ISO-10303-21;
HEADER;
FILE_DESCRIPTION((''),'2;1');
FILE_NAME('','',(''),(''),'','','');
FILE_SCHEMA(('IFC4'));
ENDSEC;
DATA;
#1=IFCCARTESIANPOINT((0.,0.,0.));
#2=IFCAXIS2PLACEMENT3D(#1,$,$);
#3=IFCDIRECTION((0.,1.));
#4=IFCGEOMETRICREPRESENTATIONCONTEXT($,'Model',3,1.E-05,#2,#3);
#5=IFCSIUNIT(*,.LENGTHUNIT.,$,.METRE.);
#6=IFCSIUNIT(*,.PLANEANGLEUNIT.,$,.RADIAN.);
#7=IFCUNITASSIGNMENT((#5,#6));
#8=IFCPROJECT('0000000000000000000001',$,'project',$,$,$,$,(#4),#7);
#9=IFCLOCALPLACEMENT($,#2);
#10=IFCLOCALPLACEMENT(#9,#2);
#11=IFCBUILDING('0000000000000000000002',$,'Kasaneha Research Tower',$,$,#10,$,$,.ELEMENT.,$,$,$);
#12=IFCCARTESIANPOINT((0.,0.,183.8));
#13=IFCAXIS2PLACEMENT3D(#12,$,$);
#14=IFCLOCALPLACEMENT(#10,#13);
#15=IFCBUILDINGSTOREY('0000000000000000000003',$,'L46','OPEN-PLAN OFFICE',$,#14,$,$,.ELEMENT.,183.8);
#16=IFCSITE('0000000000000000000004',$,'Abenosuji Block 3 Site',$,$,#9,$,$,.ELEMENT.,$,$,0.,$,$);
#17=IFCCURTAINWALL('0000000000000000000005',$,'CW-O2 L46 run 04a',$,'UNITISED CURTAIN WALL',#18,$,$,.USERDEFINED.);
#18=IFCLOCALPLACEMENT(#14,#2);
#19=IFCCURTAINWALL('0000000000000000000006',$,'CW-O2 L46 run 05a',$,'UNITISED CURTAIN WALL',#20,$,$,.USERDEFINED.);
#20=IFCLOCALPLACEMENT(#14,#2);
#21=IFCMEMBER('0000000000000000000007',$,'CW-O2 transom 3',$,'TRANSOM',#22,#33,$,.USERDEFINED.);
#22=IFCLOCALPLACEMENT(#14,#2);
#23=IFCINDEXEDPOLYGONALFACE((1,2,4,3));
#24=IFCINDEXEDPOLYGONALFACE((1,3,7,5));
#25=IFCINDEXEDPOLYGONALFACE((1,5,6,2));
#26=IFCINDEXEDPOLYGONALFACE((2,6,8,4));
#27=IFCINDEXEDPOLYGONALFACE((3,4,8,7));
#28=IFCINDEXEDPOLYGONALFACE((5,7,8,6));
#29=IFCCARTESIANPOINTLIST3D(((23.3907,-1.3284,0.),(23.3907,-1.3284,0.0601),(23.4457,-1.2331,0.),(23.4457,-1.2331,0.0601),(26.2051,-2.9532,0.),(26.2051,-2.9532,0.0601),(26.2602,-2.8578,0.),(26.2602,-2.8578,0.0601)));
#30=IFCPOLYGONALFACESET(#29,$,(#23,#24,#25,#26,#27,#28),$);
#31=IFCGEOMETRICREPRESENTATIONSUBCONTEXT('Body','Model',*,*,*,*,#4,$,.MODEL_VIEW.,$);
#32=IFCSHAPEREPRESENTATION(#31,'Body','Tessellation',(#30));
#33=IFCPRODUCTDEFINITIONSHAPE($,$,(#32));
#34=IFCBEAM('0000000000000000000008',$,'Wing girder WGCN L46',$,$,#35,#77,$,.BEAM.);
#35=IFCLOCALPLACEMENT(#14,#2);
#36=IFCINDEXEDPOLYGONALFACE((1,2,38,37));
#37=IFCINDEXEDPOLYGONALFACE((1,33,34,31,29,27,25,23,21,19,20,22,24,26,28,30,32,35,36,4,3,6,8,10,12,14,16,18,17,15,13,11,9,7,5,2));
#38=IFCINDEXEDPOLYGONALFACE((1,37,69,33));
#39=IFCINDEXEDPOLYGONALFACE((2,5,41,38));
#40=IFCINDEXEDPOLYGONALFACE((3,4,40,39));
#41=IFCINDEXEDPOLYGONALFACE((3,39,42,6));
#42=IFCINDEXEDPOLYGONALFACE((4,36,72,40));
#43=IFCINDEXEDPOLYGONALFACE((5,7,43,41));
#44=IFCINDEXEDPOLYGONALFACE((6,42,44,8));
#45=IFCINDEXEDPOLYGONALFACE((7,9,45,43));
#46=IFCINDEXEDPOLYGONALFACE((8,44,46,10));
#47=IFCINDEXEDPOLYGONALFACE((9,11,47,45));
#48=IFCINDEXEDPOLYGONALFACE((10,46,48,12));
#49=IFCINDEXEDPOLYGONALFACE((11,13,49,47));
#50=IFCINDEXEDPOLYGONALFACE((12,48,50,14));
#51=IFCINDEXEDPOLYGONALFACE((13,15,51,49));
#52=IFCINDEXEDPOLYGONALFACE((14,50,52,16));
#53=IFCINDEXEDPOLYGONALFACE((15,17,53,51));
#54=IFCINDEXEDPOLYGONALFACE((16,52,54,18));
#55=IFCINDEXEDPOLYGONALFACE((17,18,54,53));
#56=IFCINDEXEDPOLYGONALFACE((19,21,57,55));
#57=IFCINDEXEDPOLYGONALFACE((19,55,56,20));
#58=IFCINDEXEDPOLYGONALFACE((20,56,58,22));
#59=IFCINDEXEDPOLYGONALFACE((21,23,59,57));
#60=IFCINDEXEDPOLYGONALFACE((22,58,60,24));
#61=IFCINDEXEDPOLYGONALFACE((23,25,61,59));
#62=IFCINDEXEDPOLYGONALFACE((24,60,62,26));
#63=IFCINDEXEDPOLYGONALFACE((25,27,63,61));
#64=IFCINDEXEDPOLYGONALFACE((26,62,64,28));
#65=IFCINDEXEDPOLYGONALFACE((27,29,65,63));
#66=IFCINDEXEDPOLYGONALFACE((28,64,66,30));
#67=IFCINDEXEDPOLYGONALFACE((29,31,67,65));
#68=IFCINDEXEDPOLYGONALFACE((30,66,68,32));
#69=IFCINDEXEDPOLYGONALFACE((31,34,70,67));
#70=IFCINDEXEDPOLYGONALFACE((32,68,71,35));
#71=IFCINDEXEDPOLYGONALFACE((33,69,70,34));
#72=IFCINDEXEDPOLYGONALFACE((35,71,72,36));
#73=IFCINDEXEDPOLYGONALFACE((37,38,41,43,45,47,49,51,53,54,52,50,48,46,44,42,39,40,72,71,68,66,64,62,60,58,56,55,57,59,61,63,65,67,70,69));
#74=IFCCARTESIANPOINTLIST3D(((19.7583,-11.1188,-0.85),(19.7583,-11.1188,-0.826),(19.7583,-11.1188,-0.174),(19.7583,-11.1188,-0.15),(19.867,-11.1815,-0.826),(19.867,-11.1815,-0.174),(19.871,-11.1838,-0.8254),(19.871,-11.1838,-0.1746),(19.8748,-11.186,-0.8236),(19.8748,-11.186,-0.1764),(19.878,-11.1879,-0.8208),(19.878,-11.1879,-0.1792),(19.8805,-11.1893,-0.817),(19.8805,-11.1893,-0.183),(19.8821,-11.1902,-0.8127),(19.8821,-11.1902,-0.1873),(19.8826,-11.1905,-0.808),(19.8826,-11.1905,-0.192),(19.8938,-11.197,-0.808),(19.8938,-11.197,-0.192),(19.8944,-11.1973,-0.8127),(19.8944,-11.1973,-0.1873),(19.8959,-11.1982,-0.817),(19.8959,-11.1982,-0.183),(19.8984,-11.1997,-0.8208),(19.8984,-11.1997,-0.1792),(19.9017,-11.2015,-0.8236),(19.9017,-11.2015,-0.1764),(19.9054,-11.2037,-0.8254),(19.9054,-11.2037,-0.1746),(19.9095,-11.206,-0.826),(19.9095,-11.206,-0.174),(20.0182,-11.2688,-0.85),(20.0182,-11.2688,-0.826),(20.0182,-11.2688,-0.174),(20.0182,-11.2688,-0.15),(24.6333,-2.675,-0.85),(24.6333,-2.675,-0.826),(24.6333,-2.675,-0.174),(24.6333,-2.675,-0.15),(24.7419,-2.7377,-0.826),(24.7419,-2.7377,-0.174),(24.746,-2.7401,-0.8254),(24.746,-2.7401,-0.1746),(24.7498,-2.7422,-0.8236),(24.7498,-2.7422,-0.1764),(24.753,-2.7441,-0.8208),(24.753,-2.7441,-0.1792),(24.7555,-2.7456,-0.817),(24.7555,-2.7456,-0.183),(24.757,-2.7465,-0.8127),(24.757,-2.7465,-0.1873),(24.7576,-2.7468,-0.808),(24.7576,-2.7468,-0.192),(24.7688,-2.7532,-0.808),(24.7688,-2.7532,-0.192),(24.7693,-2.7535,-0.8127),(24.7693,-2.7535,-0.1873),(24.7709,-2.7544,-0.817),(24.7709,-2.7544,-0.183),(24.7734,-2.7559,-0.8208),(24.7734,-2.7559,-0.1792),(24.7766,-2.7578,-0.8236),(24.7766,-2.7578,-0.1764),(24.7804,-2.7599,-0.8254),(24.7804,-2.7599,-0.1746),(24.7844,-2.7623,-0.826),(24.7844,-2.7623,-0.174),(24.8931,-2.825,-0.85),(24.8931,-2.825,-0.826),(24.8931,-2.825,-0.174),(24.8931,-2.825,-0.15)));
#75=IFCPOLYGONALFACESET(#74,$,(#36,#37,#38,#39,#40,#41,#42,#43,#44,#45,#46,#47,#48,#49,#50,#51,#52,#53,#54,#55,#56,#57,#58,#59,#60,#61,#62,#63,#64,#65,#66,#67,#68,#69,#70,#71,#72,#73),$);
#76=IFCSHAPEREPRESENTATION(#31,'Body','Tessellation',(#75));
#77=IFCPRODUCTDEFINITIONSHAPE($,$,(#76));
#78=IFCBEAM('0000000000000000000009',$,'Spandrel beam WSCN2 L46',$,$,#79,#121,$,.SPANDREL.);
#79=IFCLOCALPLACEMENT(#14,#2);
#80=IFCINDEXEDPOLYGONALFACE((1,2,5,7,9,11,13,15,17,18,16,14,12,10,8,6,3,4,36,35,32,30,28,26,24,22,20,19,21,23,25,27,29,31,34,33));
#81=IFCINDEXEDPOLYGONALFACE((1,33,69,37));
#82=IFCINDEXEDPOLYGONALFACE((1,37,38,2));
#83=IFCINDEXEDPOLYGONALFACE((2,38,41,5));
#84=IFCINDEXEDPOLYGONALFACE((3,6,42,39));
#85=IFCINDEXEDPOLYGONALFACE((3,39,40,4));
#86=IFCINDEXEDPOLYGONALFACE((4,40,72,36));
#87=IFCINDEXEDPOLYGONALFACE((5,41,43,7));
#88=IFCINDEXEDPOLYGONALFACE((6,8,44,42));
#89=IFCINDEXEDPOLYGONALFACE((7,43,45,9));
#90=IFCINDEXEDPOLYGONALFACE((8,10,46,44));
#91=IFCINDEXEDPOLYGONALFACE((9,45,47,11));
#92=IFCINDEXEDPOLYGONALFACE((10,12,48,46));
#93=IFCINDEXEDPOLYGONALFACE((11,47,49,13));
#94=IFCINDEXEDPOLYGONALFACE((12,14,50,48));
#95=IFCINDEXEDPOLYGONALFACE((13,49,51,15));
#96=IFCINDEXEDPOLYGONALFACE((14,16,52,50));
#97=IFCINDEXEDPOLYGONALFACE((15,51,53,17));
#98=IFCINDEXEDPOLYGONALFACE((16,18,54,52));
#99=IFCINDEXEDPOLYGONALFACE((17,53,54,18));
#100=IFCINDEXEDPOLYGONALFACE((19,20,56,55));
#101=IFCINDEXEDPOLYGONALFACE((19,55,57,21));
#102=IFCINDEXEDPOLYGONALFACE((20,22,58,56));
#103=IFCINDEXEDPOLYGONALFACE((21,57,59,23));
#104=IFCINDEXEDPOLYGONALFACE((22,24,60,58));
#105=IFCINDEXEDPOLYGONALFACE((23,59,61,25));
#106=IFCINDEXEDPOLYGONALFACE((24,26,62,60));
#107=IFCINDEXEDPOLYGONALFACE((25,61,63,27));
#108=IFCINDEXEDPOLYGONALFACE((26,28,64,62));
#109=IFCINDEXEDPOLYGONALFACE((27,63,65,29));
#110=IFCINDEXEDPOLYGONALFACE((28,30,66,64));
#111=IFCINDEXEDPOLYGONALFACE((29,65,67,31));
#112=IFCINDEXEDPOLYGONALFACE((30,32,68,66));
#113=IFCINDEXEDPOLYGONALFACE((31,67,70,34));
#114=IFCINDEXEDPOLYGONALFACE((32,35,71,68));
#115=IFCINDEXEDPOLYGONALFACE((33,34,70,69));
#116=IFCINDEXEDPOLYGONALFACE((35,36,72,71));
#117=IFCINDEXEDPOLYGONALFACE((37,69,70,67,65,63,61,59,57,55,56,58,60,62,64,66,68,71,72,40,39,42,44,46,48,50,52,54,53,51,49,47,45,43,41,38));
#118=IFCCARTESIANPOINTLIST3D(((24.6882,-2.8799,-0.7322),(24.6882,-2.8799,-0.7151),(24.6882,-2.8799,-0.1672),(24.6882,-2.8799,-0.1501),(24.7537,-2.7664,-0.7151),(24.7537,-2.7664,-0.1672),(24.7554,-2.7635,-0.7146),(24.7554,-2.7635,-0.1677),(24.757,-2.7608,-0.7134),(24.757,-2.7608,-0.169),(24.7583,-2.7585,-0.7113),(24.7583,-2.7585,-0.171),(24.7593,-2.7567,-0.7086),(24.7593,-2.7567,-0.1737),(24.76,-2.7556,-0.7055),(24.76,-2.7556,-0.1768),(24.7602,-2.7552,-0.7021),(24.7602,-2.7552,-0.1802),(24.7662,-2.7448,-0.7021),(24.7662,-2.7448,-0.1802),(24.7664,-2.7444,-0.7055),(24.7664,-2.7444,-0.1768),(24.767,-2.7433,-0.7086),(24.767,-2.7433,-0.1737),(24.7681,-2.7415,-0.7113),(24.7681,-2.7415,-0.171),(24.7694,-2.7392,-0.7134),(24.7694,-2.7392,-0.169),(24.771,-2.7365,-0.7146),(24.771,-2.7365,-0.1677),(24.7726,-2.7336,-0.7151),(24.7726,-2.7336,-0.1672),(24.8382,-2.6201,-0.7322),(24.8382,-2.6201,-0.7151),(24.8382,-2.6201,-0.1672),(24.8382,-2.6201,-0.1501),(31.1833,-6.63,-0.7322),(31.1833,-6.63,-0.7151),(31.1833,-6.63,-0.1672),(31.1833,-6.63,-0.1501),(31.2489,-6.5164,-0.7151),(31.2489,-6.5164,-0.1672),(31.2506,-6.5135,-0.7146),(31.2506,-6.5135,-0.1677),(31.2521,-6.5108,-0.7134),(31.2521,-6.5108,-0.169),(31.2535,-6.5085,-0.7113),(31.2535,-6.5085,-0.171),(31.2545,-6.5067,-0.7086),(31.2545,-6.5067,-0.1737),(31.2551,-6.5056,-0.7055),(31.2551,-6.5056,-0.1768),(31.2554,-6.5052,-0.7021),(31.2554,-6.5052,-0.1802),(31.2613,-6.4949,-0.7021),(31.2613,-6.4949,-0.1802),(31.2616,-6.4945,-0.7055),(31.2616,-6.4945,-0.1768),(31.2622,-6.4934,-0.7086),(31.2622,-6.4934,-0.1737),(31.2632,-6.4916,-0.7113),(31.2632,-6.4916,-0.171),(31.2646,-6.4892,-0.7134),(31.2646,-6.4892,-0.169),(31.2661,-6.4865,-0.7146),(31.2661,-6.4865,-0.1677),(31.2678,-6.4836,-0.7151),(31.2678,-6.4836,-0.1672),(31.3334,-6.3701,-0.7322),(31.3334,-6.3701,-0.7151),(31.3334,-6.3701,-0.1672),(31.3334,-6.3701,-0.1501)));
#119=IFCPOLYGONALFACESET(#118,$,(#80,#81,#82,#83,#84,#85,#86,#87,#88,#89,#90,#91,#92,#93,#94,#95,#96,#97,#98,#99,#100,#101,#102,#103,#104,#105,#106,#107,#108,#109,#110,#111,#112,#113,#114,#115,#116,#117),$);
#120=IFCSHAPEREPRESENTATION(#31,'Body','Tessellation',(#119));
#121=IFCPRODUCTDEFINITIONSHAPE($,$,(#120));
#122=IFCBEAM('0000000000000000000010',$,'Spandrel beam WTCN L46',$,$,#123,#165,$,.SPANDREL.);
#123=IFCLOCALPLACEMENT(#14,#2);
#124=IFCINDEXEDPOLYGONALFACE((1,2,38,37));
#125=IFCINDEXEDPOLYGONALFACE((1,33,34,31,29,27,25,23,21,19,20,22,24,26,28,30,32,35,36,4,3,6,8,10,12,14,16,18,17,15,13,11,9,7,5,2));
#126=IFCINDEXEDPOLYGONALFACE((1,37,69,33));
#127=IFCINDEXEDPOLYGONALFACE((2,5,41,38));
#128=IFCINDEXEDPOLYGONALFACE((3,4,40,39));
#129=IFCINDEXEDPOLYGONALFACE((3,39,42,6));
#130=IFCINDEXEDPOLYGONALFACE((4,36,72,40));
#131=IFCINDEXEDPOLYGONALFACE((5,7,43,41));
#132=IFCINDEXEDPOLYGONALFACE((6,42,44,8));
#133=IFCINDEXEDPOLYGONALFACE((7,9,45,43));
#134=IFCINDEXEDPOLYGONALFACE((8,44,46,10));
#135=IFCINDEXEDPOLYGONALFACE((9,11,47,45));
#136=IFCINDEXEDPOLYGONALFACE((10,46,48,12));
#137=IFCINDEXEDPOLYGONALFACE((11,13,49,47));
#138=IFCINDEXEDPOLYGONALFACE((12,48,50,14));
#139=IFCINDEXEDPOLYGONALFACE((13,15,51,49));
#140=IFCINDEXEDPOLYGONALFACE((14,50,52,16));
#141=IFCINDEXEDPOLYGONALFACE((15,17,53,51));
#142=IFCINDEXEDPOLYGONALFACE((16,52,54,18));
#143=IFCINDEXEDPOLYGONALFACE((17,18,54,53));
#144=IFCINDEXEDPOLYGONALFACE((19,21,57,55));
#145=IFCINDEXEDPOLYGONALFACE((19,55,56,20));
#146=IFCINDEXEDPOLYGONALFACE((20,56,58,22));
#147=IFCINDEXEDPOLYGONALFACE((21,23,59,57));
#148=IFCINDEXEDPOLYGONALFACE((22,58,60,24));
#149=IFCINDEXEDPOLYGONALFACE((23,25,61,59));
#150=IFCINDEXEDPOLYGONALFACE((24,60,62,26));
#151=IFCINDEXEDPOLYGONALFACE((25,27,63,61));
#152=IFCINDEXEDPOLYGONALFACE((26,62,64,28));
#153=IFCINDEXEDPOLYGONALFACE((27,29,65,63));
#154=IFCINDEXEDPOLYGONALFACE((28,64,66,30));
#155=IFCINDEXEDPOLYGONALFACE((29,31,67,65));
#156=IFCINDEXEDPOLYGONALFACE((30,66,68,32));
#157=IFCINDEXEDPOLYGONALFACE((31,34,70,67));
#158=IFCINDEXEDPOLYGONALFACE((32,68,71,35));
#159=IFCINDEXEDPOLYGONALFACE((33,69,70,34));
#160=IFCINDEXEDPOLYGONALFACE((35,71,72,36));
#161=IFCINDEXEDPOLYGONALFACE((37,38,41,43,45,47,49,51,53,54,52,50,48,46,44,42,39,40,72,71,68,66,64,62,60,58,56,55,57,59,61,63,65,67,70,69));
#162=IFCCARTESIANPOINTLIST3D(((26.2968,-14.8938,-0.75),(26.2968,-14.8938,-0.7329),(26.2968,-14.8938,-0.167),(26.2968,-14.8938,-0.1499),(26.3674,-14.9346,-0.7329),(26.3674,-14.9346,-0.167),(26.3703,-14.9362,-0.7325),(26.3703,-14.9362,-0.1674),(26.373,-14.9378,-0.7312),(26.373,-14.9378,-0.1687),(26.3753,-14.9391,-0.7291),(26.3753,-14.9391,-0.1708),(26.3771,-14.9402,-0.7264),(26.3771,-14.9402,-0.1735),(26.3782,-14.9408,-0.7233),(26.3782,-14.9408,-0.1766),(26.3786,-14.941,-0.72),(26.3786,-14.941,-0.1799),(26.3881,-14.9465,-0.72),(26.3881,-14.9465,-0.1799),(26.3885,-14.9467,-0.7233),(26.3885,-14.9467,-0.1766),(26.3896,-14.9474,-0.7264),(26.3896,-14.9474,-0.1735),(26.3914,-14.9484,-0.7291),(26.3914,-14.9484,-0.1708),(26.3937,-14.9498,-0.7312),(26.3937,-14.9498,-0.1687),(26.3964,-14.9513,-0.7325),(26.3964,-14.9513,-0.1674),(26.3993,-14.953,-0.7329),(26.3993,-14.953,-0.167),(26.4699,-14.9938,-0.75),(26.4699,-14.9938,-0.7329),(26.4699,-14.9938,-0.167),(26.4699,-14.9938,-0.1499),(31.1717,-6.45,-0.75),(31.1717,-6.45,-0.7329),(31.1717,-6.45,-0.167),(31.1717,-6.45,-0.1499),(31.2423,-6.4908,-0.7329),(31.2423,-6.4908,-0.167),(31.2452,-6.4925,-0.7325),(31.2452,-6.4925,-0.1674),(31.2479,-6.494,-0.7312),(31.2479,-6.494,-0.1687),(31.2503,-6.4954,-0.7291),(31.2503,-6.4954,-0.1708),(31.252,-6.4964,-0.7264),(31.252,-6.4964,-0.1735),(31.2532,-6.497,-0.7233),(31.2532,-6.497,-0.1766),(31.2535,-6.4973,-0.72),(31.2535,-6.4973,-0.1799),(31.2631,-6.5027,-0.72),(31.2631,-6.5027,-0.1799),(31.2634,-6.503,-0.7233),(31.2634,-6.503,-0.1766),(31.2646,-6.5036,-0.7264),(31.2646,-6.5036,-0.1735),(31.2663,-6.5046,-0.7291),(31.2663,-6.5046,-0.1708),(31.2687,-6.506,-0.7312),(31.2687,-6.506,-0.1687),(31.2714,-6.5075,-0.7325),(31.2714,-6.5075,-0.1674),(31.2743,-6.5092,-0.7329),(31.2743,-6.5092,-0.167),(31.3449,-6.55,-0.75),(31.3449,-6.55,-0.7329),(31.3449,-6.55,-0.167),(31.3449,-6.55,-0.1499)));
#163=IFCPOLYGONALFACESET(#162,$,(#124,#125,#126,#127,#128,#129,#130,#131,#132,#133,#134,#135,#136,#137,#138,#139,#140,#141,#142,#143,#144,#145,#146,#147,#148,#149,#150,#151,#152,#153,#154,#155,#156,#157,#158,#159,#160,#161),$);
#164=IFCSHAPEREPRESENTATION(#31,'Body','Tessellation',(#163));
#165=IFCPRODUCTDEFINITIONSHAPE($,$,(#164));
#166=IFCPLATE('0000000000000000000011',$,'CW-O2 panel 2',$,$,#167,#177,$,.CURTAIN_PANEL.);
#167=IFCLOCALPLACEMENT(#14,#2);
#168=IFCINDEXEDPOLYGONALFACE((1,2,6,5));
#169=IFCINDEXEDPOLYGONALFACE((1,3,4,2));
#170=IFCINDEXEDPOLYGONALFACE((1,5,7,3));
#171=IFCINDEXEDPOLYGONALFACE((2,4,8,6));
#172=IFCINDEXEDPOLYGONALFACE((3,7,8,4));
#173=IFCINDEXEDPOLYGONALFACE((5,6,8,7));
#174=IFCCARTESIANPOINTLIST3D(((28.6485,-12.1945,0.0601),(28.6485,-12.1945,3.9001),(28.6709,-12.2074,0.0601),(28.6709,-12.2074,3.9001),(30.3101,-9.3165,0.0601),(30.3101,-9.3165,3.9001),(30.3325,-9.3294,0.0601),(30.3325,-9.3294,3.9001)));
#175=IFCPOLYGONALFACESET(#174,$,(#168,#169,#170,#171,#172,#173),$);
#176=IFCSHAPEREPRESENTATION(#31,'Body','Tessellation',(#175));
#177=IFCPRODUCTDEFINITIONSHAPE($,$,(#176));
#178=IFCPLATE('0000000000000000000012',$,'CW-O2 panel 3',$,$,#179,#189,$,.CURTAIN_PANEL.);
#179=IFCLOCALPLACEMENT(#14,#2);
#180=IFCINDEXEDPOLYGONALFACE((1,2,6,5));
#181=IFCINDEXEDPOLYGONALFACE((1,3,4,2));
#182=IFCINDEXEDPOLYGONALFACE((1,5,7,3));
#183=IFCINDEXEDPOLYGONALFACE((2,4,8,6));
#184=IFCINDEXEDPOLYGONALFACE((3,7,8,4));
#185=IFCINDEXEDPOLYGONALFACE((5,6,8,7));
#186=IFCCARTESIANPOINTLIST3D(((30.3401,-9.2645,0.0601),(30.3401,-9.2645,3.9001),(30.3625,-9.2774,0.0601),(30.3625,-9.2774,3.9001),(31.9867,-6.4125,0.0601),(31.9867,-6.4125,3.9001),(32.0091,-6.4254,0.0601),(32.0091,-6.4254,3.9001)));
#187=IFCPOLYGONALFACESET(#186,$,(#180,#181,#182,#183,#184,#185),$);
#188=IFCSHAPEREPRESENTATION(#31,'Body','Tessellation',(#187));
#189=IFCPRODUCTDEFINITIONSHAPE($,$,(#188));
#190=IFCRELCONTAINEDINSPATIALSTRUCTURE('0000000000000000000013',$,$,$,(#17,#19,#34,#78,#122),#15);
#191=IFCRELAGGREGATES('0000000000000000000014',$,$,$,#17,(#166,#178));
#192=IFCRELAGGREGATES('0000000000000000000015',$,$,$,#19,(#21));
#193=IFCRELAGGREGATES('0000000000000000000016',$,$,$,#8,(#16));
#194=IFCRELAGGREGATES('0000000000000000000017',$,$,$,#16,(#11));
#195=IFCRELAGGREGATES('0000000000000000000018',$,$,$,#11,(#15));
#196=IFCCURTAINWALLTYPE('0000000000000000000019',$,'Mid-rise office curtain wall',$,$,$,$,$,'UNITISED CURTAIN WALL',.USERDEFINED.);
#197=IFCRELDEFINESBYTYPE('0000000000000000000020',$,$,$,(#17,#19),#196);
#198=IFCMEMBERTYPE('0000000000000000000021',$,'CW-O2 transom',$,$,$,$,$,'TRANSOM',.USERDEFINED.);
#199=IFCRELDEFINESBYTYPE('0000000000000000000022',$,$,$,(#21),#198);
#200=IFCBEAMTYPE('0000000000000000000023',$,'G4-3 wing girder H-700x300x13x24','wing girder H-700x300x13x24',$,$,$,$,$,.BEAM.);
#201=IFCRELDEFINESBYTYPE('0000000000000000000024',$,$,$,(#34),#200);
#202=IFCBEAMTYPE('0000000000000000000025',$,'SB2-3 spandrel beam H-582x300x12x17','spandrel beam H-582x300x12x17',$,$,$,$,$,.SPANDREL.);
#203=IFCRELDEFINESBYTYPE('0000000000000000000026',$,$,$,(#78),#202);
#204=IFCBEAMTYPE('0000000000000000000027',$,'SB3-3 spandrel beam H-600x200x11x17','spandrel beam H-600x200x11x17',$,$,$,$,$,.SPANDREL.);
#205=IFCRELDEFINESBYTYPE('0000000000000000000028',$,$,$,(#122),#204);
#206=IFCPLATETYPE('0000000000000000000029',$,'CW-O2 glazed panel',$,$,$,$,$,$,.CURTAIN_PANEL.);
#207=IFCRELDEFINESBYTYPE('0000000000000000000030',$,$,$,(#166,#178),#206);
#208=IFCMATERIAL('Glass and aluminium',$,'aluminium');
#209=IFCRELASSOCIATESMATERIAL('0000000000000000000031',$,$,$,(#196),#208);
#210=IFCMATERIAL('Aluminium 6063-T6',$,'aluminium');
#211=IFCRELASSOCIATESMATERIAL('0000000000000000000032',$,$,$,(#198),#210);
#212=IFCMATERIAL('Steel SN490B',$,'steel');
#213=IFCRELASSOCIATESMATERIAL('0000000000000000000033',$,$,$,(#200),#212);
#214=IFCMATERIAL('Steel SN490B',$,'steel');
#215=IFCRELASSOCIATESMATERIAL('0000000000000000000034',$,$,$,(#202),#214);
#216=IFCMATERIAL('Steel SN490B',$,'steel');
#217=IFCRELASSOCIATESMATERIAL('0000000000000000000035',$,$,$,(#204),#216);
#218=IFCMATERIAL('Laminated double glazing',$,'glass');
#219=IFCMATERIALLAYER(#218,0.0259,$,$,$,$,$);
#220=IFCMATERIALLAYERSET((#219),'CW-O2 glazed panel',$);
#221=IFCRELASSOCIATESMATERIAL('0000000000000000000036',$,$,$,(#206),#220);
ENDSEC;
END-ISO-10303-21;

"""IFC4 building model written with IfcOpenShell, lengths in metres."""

from ifc_helpers import new_model, si_unit, direction, frame, origin, origin_2d, place, context, subcontext, project, spatial, rectangle, i_section, extrude, material, layer, layer_set, material_profile, profile_set, type_object, element, aggregate, save


model = new_model("IFC4")

# Units and contexts
model_context = context("Model", 3, precision=1e-05, world=origin(), true_north=direction((0.0, 1.0)))
body_context = subcontext(model_context, "Body", "Model", "MODEL_VIEW")
ifc_project = project(units=[si_unit("LENGTHUNIT", "METRE"), si_unit("PLANEANGLEUNIT", "RADIAN")], contexts=[model_context])

# Site, building, storey
site_placement = place(None, origin())
site = spatial("IfcSite", under=ifc_project, at=site_placement, Name="Abenosuji Block 3 Site", CompositionType="ELEMENT", RefElevation=0.0)
building_placement = place(site_placement, origin())
building = spatial("IfcBuilding", under=site, at=building_placement, Name="Kasaneha Research Tower", CompositionType="ELEMENT")
storey_placement = place(building_placement, frame((0.0, 0.0, 183.8)))
storey = spatial("IfcBuildingStorey", under=building, at=storey_placement, Name="L46", Description="OPEN-PLAN OFFICE", CompositionType="ELEMENT", Elevation=183.8)

# Curtain walls
ifc_material_1 = material(Name="Glass and aluminium", Category="aluminium")
curtain_wall_type = type_object("IfcCurtainWallType", Name="Mid-rise office curtain wall", ElementType="UNITISED CURTAIN WALL", PredefinedType="USERDEFINED", material=ifc_material_1)
curtain_wall_1_placement = place(storey_placement, origin())
curtain_wall_1 = element("IfcCurtainWall", 1, at=curtain_wall_1_placement, inside=storey, type_object=curtain_wall_type, Name="CW-O2 L46 run 04a", ObjectType="UNITISED CURTAIN WALL", PredefinedType="USERDEFINED")
curtain_wall_2_placement = place(storey_placement, origin())
curtain_wall_2 = element("IfcCurtainWall", 2, at=curtain_wall_2_placement, inside=storey, type_object=curtain_wall_type, Name="CW-O2 L46 run 05a", ObjectType="UNITISED CURTAIN WALL", PredefinedType="USERDEFINED")

# Member
ifc_material_2 = material(Name="Aluminium 6063-T6", Category="aluminium")
ifc_material_profile_1 = material_profile(ifc_material_2, rectangle(XDim=0.1101, YDim=0.0601, at=origin_2d()), Name="CW-O2 transom 110x60")
ifc_profile_set_1 = profile_set([ifc_material_profile_1], Name="Aluminium 6063-T6")
member_type_1 = type_object("IfcMemberType", Name="CW-O2 transom", ElementType="TRANSOM", PredefinedType="USERDEFINED", material=ifc_profile_set_1)
member_1_placement = place(storey_placement, frame((26.2327, -2.9055, 0.03), z_axis=(-0.866048, 0.499961, 0.0), x_axis=(-0.499961, -0.866048, 0.0)))
member_1 = element("IfcMember", 3, at=member_1_placement, type_object=member_type_1, Name="CW-O2 transom 3", ObjectType="TRANSOM", PredefinedType="USERDEFINED", context=body_context, shape_type="SweptSolid", body=[
    extrude(rectangle(XDim=0.1101, YDim=0.0601, at=origin_2d()), origin(), (0.0, 0.0, 1.0), 3.2498),
])

# Beams
ifc_material_3 = material(Name="Steel SN490B", Category="steel")
ifc_material_profile_2 = material_profile(ifc_material_3, i_section(OverallWidth=0.3, OverallDepth=0.7, WebThickness=0.0129, FlangeThickness=0.0239, FilletRadius=0.0181, at=origin_2d()), Name="H-700x300x13x24")
ifc_profile_set_2 = profile_set([ifc_material_profile_2], Name="Steel SN490B")
beam_type_1 = type_object("IfcBeamType", Name="G4-3 wing girder H-700x300x13x24", Description="wing girder H-700x300x13x24", PredefinedType="BEAM", material=ifc_profile_set_2)
beam_1_placement = place(storey_placement, frame((24.7632, -2.75, -0.5), z_axis=(-0.499996, -0.866028, 0.0), x_axis=(0.866028, -0.499996, 0.0)))
element("IfcBeam", 4, at=beam_1_placement, inside=storey, type_object=beam_type_1, Name="Wing girder WGCN L46", PredefinedType="BEAM", context=body_context, shape_type="SweptSolid", body=[
    extrude(i_section(OverallWidth=0.3, OverallDepth=0.7, WebThickness=0.0129, FlangeThickness=0.0239, FilletRadius=0.0181, at=origin_2d()), origin(), (0.0, 0.0, 1.0), 9.75),
])
ifc_material_4 = material(Name="Steel SN490B", Category="steel")
ifc_material_profile_3 = material_profile(ifc_material_4, i_section(OverallWidth=0.3, OverallDepth=0.582, WebThickness=0.012, FlangeThickness=0.0171, FilletRadius=0.0129, at=origin_2d()), Name="H-582x300x12x17")
ifc_profile_set_3 = profile_set([ifc_material_profile_3], Name="Steel SN490B")
beam_type_2 = type_object("IfcBeamType", Name="SB2-3 spandrel beam H-582x300x12x17", Description="spandrel beam H-582x300x12x17", PredefinedType="SPANDREL", material=ifc_profile_set_3)
beam_2_placement = place(storey_placement, frame((24.7632, -2.75, -0.4412), z_axis=(0.866023, -0.500004, 0.0), x_axis=(0.500004, 0.866023, 0.0)))
element("IfcBeam", 5, at=beam_2_placement, inside=storey, type_object=beam_type_2, Name="Spandrel beam WSCN2 L46", PredefinedType="SPANDREL", context=body_context, shape_type="SweptSolid", body=[
    extrude(i_section(OverallWidth=0.3, OverallDepth=0.582, WebThickness=0.012, FlangeThickness=0.0171, FilletRadius=0.0129, at=origin_2d()), origin(), (0.0, 0.0, 1.0), 7.5),
])
ifc_material_5 = material(Name="Steel SN490B", Category="steel")
ifc_material_profile_4 = material_profile(ifc_material_5, i_section(OverallWidth=0.2, OverallDepth=0.6001, WebThickness=0.011, FlangeThickness=0.0171, FilletRadius=0.0129, at=origin_2d()), Name="H-600x200x11x17")
ifc_profile_set_4 = profile_set([ifc_material_profile_4], Name="Steel SN490B")
beam_type_3 = type_object("IfcBeamType", Name="SB3-3 spandrel beam H-600x200x11x17", Description="spandrel beam H-600x200x11x17", PredefinedType="SPANDREL", material=ifc_profile_set_4)
beam_3_placement = place(storey_placement, frame((31.2583, -6.5, -0.45), z_axis=(-0.499996, -0.866028, 0.0), x_axis=(0.866028, -0.499996, 0.0)))
element("IfcBeam", 6, at=beam_3_placement, inside=storey, type_object=beam_type_3, Name="Spandrel beam WTCN L46", PredefinedType="SPANDREL", context=body_context, shape_type="SweptSolid", body=[
    extrude(i_section(OverallWidth=0.2, OverallDepth=0.6001, WebThickness=0.011, FlangeThickness=0.0171, FilletRadius=0.0129, at=origin_2d()), origin(), (0.0, 0.0, 1.0), 9.75),
])

# Plates
ifc_material_6 = material(Name="Laminated double glazing", Category="glass")
ifc_layer_1 = layer(ifc_material_6, 0.0259)
ifc_layer_set_1 = layer_set([ifc_layer_1], Name="CW-O2 glazed panel")
plate_type = type_object("IfcPlateType", Name="CW-O2 glazed panel", PredefinedType="CURTAIN_PANEL", material=ifc_layer_set_1)
plate_1_placement = place(storey_placement, frame((29.4905, -10.762, 0.0601), z_axis=(0.0, 0.0, 1.0), x_axis=(0.5, 0.866025, 0.0)))
plate_1 = element("IfcPlate", 7, at=plate_1_placement, type_object=plate_type, Name="CW-O2 panel 2", PredefinedType="CURTAIN_PANEL", context=body_context, shape_type="SweptSolid", body=[
    extrude(rectangle(XDim=3.3232, YDim=0.0259, at=origin_2d()), origin(), (0.0, 0.0, 1.0), 3.8401),
])
plate_2_placement = place(storey_placement, frame((31.1746, -7.845, 0.0601), z_axis=(0.0, 0.0, 1.0), x_axis=(0.5, 0.866025, 0.0)))
plate_2 = element("IfcPlate", 8, at=plate_2_placement, type_object=plate_type, Name="CW-O2 panel 3", PredefinedType="CURTAIN_PANEL", context=body_context, shape_type="SweptSolid", body=[
    extrude(rectangle(XDim=3.2932, YDim=0.0259, at=origin_2d()), origin(), (0.0, 0.0, 1.0), 3.8401),
])
aggregate(curtain_wall_1, [plate_1, plate_2])
aggregate(curtain_wall_2, [member_1])

save(model, "model.ifc")
